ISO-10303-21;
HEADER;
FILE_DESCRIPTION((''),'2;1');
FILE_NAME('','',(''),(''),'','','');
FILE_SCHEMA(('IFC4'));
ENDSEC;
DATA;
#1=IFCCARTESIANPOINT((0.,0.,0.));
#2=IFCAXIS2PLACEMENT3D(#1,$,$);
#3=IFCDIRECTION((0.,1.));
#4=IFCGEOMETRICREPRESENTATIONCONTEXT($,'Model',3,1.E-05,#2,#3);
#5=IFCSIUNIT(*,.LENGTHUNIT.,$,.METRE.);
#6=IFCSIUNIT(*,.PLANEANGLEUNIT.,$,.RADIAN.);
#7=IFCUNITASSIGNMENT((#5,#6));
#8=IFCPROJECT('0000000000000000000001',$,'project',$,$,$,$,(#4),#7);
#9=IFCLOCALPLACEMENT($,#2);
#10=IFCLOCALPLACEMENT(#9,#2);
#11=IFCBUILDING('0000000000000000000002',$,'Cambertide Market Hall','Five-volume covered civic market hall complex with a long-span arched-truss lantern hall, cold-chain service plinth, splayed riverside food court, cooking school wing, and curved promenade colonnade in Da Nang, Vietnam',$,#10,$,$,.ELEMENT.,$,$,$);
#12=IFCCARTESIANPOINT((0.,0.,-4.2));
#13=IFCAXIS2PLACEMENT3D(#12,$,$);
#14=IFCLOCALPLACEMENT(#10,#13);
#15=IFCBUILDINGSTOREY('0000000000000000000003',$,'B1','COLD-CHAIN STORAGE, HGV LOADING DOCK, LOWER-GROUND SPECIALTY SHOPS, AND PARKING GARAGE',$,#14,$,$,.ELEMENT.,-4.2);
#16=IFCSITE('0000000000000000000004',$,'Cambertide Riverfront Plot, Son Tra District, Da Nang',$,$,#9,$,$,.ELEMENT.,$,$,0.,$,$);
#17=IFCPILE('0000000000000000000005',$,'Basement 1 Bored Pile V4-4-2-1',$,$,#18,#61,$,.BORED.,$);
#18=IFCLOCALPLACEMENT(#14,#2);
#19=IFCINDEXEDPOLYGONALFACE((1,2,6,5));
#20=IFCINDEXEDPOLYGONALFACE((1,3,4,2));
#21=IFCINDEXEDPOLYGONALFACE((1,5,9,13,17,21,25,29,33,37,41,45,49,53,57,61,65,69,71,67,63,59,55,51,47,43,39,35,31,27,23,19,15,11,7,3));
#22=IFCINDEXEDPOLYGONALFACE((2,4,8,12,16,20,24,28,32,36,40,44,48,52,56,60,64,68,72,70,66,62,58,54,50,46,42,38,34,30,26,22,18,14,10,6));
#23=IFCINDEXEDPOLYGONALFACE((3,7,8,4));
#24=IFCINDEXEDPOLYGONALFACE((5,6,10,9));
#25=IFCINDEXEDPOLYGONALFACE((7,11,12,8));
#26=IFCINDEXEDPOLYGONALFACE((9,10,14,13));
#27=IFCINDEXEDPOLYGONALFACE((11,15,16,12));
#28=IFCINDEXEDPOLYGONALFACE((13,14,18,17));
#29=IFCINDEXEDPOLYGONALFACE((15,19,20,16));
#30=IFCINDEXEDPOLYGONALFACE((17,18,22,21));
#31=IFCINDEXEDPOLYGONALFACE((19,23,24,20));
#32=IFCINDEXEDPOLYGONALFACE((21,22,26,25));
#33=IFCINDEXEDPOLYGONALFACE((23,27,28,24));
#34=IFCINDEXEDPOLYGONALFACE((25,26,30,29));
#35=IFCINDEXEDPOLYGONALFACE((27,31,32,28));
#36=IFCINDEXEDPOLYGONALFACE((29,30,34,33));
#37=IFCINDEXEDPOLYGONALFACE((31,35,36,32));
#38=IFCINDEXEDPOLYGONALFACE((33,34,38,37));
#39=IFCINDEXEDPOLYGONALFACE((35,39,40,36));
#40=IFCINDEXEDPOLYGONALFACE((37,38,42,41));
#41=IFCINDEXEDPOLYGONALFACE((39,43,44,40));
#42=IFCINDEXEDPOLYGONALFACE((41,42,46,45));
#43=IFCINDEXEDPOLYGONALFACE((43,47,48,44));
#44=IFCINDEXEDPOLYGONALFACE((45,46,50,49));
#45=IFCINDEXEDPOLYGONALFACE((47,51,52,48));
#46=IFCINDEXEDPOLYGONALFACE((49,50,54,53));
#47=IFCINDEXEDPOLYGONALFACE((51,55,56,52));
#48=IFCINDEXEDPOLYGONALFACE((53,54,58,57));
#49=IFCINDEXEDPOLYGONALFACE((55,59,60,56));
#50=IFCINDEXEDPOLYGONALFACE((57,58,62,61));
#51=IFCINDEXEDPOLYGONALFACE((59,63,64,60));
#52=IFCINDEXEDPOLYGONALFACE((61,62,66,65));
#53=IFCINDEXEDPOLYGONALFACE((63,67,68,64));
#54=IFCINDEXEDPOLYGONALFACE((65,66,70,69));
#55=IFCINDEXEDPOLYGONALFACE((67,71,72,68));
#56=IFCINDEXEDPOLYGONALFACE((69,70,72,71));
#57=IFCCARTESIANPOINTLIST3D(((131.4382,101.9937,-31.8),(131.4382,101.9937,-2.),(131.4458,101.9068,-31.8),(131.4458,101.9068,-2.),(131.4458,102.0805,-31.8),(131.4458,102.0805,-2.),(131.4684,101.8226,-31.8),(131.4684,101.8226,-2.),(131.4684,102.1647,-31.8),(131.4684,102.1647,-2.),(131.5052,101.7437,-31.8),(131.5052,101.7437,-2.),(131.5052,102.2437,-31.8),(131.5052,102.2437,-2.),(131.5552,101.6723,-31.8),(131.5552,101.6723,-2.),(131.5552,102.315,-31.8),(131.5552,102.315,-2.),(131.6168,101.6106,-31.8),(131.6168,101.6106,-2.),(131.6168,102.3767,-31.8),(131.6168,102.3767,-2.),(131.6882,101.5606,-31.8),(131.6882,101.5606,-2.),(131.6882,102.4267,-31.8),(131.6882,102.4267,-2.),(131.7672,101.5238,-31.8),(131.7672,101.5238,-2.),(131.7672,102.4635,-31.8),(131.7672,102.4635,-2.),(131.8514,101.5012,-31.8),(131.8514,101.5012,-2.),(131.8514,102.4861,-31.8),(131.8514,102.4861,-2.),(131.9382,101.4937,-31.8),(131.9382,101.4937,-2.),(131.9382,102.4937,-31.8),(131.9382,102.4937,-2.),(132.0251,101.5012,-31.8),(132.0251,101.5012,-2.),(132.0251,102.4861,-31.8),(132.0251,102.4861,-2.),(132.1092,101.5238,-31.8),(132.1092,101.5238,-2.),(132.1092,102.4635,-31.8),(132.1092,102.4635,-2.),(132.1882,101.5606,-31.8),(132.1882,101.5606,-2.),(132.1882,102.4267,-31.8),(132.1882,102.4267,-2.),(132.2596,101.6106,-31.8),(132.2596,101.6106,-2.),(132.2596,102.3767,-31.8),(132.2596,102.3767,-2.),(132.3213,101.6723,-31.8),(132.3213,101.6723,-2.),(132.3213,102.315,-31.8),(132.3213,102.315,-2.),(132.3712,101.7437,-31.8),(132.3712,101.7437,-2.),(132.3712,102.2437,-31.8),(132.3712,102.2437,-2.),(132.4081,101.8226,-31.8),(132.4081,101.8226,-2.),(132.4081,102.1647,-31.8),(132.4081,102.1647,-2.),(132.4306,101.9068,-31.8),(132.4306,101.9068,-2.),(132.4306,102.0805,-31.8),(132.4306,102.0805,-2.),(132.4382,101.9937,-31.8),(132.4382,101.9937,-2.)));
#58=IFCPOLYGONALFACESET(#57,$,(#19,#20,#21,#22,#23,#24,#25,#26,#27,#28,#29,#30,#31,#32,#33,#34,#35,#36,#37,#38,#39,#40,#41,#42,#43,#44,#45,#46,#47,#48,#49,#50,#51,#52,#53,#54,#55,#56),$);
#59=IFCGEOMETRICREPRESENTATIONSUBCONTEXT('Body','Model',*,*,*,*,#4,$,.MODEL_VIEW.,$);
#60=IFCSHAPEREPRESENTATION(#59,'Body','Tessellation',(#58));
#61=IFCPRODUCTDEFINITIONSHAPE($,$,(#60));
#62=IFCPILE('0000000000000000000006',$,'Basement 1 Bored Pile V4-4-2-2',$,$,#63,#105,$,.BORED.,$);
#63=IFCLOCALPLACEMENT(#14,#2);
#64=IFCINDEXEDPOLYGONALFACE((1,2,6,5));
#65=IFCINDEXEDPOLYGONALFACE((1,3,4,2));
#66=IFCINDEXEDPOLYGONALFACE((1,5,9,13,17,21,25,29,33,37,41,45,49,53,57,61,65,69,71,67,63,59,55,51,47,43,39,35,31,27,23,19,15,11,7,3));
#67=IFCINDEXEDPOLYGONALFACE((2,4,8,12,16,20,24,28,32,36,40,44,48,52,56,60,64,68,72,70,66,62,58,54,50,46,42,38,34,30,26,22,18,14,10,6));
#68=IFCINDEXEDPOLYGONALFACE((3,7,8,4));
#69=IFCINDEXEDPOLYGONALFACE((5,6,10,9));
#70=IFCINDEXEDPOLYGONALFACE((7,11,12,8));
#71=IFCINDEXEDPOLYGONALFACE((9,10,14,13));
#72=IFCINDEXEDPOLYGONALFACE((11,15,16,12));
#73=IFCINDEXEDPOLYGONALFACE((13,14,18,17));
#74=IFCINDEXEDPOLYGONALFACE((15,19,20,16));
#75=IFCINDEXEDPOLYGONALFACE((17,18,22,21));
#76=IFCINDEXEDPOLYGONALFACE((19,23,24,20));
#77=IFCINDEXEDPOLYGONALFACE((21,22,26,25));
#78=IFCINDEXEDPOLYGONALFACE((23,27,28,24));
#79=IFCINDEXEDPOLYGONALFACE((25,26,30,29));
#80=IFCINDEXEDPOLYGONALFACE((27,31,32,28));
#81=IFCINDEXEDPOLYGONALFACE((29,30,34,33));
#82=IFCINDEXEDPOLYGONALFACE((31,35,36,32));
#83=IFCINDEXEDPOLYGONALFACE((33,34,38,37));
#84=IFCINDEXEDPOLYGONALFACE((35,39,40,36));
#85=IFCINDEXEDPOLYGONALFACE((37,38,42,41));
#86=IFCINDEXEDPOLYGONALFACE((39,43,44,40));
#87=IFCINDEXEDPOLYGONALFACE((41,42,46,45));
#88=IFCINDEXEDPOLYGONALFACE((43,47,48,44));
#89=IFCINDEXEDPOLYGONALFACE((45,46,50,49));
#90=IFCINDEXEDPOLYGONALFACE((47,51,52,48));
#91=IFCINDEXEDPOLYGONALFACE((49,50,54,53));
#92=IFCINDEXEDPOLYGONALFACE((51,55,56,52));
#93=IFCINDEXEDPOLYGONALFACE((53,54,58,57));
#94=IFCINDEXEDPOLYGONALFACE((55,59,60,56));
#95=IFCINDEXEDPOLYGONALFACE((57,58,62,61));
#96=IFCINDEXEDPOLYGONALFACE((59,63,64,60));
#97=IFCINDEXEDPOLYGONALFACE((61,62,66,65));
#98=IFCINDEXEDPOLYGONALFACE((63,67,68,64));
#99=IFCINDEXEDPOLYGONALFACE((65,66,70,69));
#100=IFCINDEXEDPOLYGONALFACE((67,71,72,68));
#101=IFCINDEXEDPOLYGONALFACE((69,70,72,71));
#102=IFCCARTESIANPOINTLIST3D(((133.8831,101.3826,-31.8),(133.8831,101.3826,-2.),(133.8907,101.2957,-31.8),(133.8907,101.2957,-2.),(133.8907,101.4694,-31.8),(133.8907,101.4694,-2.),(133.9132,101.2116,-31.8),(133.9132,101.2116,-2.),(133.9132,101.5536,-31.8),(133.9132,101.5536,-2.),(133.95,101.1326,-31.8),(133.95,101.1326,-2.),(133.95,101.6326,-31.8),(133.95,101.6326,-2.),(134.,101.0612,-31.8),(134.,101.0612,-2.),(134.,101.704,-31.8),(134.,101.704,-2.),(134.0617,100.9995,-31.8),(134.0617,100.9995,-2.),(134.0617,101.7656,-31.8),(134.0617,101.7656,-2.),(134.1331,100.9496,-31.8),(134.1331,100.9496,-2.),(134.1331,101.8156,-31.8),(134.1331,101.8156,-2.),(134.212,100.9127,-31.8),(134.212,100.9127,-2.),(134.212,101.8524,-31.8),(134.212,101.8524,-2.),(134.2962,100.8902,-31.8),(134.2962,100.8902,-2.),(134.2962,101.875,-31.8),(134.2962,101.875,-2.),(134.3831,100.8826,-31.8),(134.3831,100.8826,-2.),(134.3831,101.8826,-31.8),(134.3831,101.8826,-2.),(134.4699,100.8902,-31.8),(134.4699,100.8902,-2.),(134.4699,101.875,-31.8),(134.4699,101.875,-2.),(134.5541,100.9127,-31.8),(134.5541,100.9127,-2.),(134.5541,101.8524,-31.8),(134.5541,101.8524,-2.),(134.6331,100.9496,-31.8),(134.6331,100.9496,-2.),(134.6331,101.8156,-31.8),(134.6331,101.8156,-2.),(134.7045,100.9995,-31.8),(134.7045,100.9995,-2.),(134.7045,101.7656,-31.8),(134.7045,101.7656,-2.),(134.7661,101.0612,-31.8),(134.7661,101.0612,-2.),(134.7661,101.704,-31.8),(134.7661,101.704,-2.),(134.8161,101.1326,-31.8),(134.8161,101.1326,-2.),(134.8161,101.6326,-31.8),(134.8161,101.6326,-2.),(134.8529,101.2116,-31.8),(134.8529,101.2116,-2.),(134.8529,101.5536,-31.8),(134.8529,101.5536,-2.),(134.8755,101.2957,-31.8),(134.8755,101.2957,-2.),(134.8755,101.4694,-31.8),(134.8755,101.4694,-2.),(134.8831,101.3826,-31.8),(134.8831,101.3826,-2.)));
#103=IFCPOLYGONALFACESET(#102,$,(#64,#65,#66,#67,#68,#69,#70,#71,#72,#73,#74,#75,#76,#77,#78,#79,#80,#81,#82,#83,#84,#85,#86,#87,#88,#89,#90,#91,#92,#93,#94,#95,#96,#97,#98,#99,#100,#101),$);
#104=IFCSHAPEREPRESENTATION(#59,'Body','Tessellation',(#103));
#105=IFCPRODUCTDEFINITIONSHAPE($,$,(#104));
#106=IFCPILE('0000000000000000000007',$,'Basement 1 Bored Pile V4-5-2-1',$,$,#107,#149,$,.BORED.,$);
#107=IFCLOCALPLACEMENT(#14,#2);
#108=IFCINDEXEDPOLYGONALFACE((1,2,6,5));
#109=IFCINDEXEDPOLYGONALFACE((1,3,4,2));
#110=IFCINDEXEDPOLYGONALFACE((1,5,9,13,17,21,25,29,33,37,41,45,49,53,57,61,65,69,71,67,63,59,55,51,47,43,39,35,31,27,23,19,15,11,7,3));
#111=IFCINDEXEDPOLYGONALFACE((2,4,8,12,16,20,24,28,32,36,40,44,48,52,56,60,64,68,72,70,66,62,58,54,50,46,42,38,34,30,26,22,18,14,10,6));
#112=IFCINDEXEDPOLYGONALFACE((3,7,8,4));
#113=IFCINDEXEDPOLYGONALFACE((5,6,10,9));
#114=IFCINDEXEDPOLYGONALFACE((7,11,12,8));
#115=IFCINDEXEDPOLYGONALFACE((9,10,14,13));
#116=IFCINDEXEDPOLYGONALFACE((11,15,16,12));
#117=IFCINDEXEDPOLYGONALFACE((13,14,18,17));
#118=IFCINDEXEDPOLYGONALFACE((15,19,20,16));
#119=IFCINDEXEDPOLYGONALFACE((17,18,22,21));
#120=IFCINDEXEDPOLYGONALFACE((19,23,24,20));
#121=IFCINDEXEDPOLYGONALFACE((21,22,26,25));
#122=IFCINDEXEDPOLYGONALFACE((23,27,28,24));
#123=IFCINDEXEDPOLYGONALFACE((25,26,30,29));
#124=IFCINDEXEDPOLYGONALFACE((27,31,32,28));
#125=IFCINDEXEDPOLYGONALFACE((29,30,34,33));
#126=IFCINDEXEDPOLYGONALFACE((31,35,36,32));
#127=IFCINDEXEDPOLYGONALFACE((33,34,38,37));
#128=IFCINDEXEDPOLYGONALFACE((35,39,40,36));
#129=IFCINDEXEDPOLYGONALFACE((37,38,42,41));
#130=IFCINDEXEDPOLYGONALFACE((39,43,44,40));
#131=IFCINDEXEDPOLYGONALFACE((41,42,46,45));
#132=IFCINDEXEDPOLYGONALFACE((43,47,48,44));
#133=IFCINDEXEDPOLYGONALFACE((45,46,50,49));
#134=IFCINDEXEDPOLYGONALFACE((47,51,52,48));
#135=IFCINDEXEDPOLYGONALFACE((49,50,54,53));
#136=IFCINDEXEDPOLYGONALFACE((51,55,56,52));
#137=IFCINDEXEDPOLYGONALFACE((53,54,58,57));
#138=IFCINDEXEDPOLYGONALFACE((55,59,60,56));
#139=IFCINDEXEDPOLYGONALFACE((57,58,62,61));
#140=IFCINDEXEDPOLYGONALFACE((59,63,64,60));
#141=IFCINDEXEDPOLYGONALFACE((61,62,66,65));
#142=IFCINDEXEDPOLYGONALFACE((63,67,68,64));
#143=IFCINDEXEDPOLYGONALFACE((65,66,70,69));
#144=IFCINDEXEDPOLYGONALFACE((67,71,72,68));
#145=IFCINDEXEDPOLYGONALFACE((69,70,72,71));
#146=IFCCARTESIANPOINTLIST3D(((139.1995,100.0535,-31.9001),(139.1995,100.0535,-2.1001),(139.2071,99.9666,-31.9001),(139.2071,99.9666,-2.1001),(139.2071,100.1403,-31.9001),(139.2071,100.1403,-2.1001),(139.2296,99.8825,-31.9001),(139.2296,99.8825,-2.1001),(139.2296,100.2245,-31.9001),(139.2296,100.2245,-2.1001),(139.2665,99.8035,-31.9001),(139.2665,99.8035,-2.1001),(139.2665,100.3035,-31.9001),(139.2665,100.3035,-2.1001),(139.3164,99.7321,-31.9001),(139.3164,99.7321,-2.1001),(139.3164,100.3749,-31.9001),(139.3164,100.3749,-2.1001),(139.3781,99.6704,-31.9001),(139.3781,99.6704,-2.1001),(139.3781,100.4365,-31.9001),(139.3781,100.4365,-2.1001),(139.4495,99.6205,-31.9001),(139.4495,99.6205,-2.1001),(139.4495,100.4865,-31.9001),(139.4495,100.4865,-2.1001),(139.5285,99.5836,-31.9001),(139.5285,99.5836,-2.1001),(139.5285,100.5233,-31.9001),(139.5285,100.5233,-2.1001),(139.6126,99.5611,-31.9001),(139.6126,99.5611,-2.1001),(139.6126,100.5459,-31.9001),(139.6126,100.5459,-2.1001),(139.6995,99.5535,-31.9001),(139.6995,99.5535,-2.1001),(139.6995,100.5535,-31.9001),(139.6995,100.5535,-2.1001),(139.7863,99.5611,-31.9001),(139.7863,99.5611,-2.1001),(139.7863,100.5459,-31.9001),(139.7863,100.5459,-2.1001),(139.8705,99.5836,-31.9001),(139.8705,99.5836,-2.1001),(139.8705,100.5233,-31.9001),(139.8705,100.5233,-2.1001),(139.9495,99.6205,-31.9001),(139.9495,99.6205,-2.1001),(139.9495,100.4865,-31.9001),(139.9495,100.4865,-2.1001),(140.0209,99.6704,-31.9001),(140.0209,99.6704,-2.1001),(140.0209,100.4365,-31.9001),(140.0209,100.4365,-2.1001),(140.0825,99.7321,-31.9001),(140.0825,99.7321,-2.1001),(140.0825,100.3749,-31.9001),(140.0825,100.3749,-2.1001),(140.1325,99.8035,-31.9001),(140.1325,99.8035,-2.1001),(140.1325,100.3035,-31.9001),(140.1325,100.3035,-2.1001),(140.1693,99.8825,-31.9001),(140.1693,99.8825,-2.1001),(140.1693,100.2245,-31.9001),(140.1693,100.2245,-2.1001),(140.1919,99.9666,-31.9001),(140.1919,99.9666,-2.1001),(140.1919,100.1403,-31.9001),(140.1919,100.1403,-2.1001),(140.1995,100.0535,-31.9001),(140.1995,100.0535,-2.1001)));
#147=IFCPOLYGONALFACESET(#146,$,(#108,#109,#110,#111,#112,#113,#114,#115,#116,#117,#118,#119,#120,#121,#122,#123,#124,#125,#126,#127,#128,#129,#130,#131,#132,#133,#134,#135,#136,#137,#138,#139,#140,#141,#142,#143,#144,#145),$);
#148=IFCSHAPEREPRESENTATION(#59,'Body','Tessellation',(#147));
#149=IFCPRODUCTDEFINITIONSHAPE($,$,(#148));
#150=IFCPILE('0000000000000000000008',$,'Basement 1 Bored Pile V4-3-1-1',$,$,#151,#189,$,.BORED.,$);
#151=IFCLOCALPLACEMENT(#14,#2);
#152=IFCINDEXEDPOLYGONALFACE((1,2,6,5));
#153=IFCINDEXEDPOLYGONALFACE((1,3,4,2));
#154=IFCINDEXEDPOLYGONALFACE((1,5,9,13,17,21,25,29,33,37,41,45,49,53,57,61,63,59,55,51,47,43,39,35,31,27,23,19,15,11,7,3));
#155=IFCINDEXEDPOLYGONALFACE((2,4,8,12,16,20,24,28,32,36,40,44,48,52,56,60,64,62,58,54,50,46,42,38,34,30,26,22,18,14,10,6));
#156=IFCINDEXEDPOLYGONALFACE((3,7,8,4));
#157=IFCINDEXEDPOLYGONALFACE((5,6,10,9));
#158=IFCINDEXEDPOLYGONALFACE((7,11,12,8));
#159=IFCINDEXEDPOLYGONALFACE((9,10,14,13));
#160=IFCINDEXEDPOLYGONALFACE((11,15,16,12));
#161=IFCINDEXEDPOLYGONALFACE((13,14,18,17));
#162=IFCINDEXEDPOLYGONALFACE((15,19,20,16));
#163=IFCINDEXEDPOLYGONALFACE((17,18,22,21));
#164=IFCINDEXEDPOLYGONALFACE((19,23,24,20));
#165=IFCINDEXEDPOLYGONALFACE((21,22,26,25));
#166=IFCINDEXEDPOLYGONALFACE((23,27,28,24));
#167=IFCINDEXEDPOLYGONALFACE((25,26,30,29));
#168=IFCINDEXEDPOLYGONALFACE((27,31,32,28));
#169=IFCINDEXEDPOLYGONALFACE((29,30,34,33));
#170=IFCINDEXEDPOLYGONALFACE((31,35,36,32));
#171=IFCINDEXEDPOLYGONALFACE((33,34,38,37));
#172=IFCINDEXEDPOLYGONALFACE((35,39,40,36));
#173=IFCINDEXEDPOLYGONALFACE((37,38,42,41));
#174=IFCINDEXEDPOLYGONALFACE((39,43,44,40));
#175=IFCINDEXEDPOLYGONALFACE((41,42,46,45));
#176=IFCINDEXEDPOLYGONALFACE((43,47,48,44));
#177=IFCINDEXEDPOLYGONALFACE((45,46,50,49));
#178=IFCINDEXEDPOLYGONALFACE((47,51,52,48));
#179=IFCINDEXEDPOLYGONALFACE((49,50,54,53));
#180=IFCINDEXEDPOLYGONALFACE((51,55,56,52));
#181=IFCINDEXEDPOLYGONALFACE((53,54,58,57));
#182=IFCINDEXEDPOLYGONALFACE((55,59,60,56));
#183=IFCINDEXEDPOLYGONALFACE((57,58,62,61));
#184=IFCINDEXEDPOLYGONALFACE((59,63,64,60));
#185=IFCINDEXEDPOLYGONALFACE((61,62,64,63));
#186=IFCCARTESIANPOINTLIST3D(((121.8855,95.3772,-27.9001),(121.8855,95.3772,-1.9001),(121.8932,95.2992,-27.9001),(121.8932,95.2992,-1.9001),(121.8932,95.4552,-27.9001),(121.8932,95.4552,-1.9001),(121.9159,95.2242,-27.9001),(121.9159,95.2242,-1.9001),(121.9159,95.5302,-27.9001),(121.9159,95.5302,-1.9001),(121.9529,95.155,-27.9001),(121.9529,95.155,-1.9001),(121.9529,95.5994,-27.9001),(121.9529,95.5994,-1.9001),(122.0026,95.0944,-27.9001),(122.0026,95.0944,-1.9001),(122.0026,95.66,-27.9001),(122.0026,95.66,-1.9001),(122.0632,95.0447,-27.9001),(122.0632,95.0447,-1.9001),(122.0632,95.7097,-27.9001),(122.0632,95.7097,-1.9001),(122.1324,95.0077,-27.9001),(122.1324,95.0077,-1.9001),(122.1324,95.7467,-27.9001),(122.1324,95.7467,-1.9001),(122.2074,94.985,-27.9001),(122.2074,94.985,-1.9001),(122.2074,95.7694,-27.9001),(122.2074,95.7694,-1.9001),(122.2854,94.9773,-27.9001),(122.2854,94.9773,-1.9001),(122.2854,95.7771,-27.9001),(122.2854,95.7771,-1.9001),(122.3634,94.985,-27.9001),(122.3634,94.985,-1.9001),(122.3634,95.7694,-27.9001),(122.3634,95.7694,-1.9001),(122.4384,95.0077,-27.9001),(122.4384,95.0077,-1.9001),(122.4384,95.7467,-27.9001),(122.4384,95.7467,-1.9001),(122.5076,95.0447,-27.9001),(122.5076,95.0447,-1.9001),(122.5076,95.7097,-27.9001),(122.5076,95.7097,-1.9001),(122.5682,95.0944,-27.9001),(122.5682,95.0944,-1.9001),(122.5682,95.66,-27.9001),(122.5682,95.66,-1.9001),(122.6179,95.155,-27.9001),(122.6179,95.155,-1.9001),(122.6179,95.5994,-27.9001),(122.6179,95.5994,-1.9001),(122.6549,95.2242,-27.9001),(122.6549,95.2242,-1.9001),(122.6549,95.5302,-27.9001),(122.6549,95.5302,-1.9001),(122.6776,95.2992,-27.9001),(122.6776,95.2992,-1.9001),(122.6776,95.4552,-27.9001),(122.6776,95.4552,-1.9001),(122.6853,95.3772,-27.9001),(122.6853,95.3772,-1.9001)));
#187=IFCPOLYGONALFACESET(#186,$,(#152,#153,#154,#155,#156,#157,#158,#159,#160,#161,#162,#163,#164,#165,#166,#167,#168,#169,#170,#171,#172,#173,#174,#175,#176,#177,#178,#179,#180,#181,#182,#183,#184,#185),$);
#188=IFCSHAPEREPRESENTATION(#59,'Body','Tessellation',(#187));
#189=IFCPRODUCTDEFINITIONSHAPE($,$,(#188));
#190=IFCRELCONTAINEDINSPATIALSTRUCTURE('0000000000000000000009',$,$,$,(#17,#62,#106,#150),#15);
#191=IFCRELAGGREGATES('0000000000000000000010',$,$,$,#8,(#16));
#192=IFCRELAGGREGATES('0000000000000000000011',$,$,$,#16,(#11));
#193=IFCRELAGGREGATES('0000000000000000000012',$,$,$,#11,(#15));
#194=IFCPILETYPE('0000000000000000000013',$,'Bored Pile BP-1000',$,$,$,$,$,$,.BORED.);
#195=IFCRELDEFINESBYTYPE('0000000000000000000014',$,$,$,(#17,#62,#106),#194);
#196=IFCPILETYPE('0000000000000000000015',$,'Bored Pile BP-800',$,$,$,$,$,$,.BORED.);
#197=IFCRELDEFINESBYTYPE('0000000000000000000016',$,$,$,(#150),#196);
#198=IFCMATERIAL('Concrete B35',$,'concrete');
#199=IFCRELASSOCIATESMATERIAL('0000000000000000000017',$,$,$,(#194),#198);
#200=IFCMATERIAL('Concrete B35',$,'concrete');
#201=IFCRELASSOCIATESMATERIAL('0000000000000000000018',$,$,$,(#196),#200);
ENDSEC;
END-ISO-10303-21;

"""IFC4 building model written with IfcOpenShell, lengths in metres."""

from ifc_helpers import new_model, si_unit, direction, frame, origin, origin_2d, place, context, subcontext, project, spatial, circle, extrude, material, material_profile, profile_set, type_object, element, save


model = new_model("IFC4")

# Units and contexts
model_context = context("Model", 3, precision=1e-05, world=origin(), true_north=direction((0.0, 1.0)))
body_context = subcontext(model_context, "Body", "Model", "MODEL_VIEW")
ifc_project = project(units=[si_unit("LENGTHUNIT", "METRE"), si_unit("PLANEANGLEUNIT", "RADIAN")], contexts=[model_context])

# Site, building, storey
site_placement = place(None, origin())
site = spatial("IfcSite", under=ifc_project, at=site_placement, Name="Cambertide Riverfront Plot, Son Tra District, Da Nang", CompositionType="ELEMENT", RefElevation=0.0)
building_placement = place(site_placement, origin())
building = spatial("IfcBuilding", under=site, at=building_placement, Name="Cambertide Market Hall", Description="Five-volume covered civic market hall complex with a long-span arched-truss lantern hall, cold-chain service plinth, splayed riverside food court, cooking school wing, and curved promenade colonnade in Da Nang, Vietnam", CompositionType="ELEMENT")
storey_placement = place(building_placement, frame((0.0, 0.0, -4.2)))
storey = spatial("IfcBuildingStorey", under=building, at=storey_placement, Name="B1", Description="COLD-CHAIN STORAGE, HGV LOADING DOCK, LOWER-GROUND SPECIALTY SHOPS, AND PARKING GARAGE", CompositionType="ELEMENT", Elevation=-4.2)

# Piles
ifc_material_1 = material(Name="Concrete B35", Category="concrete")
ifc_material_profile_1 = material_profile(ifc_material_1, circle(Radius=0.5, at=origin_2d()), Name="BP D1000")
ifc_profile_set_1 = profile_set([ifc_material_profile_1], Name="Concrete B35")
pile_type_1 = type_object("IfcPileType", Name="Bored Pile BP-1000", PredefinedType="BORED", material=ifc_profile_set_1)
for number, where, z_axis, x_axis, name in (
    (1, (131.9382, 101.9937, -2.0), (0.0, 0.0, -1.0), (1.0, 0.0, 0.0), "Basement 1 Bored Pile V4-4-2-1"),
    (2, (134.3831, 101.3826, -2.0), (0.0, 0.0, -1.0), (1.0, 0.0, 0.0), "Basement 1 Bored Pile V4-4-2-2"),
    (3, (139.6995, 100.0535, -2.1001), (0.0, 0.0, -1.0), (1.0, 0.0, 0.0), "Basement 1 Bored Pile V4-5-2-1"),
):
    element("IfcPile", number, at=place(storey_placement, frame(where, z_axis=z_axis, x_axis=x_axis)), inside=storey, type_object=pile_type_1, Name=name, PredefinedType="BORED", context=body_context, shape_type="SweptSolid", body=[
        extrude(circle(Radius=0.5, at=origin_2d()), origin(), (0.0, 0.0, 1.0), 29.8),
    ])
ifc_material_2 = material(Name="Concrete B35", Category="concrete")
ifc_material_profile_2 = material_profile(ifc_material_2, circle(Radius=0.3999, at=origin_2d()), Name="BP D800")
ifc_profile_set_2 = profile_set([ifc_material_profile_2], Name="Concrete B35")
pile_type_2 = type_object("IfcPileType", Name="Bored Pile BP-800", PredefinedType="BORED", material=ifc_profile_set_2)
for number, where, z_axis, x_axis, name in (
    (4, (122.2854, 95.3772, -1.9001), (0.0, 0.0, -1.0), (1.0, 0.0, 0.0), "Basement 1 Bored Pile V4-3-1-1"),
):
    element("IfcPile", number, at=place(storey_placement, frame(where, z_axis=z_axis, x_axis=x_axis)), inside=storey, type_object=pile_type_2, Name=name, PredefinedType="BORED", context=body_context, shape_type="SweptSolid", body=[
        extrude(circle(Radius=0.3999, at=origin_2d()), origin(), (0.0, 0.0, 1.0), 26.0),
    ])

save(model, "model.ifc")
